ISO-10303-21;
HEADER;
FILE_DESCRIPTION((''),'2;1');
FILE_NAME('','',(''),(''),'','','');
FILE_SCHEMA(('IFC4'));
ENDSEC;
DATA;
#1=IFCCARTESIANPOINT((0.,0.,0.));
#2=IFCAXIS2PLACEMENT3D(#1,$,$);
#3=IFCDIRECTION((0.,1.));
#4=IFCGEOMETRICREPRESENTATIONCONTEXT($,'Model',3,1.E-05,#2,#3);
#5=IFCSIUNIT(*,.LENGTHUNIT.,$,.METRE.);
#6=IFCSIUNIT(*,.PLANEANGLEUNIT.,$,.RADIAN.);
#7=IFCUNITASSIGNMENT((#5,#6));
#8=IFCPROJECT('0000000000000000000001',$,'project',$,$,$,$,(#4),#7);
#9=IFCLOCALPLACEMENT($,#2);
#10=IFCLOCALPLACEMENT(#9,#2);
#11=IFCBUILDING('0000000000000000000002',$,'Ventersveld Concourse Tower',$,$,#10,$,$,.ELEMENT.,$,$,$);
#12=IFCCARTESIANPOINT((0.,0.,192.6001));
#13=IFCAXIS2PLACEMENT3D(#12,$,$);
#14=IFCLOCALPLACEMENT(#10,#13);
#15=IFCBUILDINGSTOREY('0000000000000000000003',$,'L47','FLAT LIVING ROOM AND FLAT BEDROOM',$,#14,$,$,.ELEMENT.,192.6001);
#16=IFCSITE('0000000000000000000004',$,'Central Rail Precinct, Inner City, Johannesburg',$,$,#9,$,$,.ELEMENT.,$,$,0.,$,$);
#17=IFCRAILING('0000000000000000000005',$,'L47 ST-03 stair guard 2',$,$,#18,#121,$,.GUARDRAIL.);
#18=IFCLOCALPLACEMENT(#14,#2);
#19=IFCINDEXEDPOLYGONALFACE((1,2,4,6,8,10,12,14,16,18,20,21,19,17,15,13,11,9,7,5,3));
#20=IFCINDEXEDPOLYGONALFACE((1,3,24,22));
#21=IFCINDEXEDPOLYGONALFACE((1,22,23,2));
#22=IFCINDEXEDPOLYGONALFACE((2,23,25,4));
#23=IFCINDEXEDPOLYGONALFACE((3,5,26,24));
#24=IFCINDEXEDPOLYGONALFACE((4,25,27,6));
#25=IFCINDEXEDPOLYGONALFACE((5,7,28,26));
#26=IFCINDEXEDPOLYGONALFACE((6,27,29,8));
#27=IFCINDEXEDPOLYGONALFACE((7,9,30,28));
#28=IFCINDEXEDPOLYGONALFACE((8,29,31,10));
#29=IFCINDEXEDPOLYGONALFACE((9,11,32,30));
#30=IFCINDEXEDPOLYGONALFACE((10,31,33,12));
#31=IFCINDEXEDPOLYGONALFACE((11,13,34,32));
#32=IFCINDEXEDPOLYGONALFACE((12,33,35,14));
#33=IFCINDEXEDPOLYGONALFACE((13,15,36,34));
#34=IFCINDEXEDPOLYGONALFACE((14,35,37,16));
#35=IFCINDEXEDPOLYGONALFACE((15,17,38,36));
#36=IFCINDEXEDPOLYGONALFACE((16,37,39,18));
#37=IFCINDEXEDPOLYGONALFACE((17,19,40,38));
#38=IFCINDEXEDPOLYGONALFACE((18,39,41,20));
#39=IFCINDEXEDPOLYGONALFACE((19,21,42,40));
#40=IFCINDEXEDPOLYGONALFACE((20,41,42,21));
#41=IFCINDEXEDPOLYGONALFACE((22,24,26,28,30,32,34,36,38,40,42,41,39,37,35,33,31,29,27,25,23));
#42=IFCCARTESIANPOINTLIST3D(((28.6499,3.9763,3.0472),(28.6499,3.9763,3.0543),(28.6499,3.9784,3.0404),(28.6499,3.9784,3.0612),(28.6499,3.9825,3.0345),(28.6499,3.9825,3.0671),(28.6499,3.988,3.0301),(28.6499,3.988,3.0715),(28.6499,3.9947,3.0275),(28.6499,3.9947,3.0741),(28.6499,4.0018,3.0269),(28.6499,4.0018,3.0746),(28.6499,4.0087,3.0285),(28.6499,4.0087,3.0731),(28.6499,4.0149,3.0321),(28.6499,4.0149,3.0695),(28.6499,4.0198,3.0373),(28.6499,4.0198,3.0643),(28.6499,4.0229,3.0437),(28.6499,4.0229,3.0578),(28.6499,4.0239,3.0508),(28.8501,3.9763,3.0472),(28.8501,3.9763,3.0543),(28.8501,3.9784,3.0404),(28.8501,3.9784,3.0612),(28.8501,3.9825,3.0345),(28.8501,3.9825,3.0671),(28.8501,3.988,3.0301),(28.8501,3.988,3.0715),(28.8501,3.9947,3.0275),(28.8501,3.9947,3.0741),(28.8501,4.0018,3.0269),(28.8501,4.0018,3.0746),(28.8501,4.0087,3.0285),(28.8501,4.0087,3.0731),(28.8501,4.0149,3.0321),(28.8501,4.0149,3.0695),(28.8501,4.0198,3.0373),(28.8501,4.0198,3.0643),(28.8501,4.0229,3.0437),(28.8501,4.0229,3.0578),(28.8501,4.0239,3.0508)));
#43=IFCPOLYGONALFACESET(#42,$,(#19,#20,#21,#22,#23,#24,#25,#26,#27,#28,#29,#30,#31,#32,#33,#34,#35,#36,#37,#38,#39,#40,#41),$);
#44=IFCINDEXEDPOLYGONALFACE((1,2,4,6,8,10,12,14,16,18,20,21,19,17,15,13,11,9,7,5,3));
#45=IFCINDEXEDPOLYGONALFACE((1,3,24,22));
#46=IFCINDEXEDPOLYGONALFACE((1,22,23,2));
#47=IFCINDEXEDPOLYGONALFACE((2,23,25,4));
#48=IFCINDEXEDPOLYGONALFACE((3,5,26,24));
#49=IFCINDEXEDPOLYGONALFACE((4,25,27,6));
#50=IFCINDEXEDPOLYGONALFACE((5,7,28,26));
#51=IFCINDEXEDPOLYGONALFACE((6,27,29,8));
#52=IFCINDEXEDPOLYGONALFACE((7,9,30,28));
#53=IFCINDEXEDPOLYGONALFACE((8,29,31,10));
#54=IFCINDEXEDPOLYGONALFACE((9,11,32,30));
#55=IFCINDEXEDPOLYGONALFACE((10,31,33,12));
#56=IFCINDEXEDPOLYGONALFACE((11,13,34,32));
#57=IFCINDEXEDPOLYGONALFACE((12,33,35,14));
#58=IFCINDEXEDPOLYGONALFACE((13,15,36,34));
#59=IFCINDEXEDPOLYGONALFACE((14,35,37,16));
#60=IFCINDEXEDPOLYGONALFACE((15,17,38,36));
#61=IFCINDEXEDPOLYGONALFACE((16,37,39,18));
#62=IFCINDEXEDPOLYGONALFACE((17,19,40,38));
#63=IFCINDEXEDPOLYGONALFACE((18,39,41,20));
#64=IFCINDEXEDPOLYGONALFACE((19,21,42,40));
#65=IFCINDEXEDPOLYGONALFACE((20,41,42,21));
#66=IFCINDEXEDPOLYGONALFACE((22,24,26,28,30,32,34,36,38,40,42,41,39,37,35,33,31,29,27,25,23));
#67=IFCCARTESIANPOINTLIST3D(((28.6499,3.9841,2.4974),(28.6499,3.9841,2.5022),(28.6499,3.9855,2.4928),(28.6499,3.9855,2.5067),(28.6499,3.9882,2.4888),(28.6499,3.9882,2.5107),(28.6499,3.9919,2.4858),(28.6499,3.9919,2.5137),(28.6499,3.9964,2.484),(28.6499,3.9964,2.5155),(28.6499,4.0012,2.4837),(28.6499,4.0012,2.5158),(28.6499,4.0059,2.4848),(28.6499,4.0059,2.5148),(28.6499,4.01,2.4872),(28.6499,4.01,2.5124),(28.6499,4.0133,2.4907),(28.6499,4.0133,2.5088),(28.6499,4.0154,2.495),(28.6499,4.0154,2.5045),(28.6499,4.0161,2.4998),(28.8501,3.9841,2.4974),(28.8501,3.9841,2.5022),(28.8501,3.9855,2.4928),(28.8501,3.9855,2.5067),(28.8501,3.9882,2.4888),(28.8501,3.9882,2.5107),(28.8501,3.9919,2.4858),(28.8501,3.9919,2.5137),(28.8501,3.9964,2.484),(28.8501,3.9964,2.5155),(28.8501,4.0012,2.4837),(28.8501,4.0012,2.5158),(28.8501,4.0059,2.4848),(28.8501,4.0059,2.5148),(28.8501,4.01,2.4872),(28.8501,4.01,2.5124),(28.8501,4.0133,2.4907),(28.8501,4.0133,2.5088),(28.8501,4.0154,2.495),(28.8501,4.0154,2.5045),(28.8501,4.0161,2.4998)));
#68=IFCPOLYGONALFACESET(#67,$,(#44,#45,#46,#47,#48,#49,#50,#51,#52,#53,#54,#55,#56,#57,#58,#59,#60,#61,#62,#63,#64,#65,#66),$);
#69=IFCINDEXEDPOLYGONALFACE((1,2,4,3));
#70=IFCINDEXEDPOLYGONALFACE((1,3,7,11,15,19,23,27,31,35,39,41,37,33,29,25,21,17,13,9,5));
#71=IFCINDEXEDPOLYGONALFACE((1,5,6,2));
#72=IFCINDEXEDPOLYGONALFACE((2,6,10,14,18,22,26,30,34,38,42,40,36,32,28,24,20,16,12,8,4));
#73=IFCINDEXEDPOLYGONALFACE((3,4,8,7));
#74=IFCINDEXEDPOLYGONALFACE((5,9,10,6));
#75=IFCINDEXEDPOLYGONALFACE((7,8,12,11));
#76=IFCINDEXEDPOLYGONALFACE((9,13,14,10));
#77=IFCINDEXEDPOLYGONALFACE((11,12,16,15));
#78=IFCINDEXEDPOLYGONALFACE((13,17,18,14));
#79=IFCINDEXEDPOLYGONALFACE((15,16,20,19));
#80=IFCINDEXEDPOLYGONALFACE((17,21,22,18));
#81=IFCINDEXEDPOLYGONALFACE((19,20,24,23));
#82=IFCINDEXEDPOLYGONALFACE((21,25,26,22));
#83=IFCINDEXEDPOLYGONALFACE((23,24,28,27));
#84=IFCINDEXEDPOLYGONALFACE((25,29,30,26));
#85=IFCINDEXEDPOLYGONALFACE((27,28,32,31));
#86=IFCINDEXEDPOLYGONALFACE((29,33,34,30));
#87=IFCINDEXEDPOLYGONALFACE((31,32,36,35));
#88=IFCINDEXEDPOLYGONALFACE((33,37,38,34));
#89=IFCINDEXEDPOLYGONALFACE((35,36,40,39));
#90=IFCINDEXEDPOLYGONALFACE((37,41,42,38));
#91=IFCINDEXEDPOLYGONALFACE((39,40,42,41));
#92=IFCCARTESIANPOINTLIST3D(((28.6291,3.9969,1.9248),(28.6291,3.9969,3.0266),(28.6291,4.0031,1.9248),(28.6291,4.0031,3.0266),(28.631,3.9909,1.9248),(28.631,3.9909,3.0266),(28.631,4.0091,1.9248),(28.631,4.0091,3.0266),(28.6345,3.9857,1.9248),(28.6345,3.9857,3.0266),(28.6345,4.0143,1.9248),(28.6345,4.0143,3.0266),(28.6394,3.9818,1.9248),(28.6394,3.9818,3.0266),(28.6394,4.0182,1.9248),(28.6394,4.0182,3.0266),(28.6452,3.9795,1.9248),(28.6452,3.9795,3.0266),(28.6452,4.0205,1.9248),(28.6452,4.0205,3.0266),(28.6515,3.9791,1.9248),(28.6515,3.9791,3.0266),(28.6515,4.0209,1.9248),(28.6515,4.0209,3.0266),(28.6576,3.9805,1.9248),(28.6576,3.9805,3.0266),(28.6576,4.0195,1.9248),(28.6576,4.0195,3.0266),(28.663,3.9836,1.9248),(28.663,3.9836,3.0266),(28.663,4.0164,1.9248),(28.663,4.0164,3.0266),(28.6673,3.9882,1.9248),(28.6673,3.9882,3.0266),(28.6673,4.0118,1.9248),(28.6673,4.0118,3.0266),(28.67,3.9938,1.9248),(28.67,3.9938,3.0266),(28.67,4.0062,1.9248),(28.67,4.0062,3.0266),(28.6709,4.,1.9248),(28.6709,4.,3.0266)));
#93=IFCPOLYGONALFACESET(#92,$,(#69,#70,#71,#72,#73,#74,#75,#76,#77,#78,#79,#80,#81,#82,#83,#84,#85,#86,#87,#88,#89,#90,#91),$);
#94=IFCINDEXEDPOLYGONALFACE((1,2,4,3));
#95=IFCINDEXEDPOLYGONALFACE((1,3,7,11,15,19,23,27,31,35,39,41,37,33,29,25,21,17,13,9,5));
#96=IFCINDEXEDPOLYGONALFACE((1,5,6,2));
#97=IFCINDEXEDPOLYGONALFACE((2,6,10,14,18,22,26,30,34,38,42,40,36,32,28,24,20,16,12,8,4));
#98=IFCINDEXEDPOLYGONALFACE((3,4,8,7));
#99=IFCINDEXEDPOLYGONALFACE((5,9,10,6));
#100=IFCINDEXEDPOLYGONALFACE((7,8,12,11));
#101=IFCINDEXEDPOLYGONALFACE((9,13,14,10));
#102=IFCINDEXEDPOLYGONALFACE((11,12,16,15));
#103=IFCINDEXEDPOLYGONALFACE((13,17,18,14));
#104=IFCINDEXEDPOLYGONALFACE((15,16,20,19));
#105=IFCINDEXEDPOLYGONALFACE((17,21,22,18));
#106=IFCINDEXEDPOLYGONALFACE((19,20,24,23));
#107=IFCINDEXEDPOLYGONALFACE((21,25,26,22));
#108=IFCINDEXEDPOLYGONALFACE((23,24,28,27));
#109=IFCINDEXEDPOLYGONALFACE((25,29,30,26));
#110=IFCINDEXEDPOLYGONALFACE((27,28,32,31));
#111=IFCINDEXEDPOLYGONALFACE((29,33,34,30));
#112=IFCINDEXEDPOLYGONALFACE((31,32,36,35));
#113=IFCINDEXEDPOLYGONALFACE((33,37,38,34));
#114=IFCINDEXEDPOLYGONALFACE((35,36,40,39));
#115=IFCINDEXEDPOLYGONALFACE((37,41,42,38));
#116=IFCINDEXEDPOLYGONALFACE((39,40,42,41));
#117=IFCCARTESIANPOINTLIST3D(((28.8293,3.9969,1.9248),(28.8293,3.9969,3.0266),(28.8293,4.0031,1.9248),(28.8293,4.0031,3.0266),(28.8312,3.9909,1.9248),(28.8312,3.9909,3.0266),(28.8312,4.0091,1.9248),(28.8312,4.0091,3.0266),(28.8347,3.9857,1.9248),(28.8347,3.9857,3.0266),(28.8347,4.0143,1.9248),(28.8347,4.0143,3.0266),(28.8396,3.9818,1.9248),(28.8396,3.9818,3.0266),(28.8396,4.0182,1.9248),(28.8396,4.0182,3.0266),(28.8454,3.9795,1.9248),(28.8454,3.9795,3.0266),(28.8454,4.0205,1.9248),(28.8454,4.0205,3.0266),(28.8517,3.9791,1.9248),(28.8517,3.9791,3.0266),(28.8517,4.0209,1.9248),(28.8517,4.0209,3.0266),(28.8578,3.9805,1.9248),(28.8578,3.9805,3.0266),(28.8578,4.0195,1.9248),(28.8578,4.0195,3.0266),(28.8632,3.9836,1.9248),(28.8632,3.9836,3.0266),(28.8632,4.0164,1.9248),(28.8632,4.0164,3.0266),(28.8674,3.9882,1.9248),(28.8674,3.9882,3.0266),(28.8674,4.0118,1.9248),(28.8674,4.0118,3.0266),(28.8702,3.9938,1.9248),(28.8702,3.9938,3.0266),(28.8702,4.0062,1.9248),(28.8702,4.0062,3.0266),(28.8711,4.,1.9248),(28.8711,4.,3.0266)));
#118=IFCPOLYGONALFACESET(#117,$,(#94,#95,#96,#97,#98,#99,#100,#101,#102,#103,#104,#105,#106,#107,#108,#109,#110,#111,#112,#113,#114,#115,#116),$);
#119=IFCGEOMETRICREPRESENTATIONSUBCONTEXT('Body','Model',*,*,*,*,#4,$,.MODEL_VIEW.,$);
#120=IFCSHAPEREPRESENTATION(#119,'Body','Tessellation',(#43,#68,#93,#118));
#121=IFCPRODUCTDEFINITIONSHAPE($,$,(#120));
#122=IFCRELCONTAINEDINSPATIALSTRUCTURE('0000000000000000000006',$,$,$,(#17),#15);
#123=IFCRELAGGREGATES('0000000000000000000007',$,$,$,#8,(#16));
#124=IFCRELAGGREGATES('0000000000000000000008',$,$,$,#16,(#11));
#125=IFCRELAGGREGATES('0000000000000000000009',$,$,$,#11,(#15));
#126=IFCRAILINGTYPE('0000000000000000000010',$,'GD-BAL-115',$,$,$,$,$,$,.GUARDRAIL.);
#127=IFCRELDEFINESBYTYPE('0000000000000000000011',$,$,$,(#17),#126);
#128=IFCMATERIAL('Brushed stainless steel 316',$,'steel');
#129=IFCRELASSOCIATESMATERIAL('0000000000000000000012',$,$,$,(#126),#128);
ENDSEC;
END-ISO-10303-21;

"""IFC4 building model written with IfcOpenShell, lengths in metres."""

from ifc_helpers import new_model, si_unit, direction, frame, origin, origin_2d, place, context, subcontext, project, spatial, circle, extrude, material, type_object, element, save


model = new_model("IFC4")

# Units and contexts
model_context = context("Model", 3, precision=1e-05, world=origin(), true_north=direction((0.0, 1.0)))
body_context = subcontext(model_context, "Body", "Model", "MODEL_VIEW")
ifc_project = project(units=[si_unit("LENGTHUNIT", "METRE"), si_unit("PLANEANGLEUNIT", "RADIAN")], contexts=[model_context])

# Site, building, storey
site_placement = place(None, origin())
site = spatial("IfcSite", under=ifc_project, at=site_placement, Name="Central Rail Precinct, Inner City, Johannesburg", CompositionType="ELEMENT", RefElevation=0.0)
building_placement = place(site_placement, origin())
building = spatial("IfcBuilding", under=site, at=building_placement, Name="Ventersveld Concourse Tower", CompositionType="ELEMENT")
storey_placement = place(building_placement, frame((0.0, 0.0, 192.6001)))
storey = spatial("IfcBuildingStorey", under=building, at=storey_placement, Name="L47", Description="FLAT LIVING ROOM AND FLAT BEDROOM", CompositionType="ELEMENT", Elevation=192.6001)

# Shared definitions
ifc_material_1 = material(Name="Brushed stainless steel 316", Category="steel")

# Railing
railing_type_1 = type_object("IfcRailingType", Name="GD-BAL-115", PredefinedType="GUARDRAIL", material=ifc_material_1)
railing_1_placement = place(storey_placement, frame((28.6499, 4.0, 1.9248)))
element("IfcRailing", 1, at=railing_1_placement, inside=storey, type_object=railing_type_1, Name="L47 ST-03 stair guard 2", PredefinedType="GUARDRAIL", context=body_context, shape_type="SweptSolid", body=[
    extrude(circle(Radius=0.0239, at=origin_2d()), frame((0.0, 0.0, 1.126), z_axis=(1.0, 0.0, 0.0), x_axis=(0.0, 1.0, 0.0)), (0.0, 0.0, 1.0), 0.2002),
    extrude(circle(Radius=0.0161, at=origin_2d()), frame((0.0, 0.0, 0.575), z_axis=(1.0, 0.0, 0.0), x_axis=(0.0, 1.0, 0.0)), (0.0, 0.0, 1.0), 0.2002),
    extrude(circle(Radius=0.021, at=origin_2d()), origin(), (0.0, 0.0, 1.0), 1.1018),
    extrude(circle(Radius=0.021, at=origin_2d()), frame((0.2002, 0.0, 0.0)), (0.0, 0.0, 1.0), 1.1018),
])

save(model, "model.ifc")
